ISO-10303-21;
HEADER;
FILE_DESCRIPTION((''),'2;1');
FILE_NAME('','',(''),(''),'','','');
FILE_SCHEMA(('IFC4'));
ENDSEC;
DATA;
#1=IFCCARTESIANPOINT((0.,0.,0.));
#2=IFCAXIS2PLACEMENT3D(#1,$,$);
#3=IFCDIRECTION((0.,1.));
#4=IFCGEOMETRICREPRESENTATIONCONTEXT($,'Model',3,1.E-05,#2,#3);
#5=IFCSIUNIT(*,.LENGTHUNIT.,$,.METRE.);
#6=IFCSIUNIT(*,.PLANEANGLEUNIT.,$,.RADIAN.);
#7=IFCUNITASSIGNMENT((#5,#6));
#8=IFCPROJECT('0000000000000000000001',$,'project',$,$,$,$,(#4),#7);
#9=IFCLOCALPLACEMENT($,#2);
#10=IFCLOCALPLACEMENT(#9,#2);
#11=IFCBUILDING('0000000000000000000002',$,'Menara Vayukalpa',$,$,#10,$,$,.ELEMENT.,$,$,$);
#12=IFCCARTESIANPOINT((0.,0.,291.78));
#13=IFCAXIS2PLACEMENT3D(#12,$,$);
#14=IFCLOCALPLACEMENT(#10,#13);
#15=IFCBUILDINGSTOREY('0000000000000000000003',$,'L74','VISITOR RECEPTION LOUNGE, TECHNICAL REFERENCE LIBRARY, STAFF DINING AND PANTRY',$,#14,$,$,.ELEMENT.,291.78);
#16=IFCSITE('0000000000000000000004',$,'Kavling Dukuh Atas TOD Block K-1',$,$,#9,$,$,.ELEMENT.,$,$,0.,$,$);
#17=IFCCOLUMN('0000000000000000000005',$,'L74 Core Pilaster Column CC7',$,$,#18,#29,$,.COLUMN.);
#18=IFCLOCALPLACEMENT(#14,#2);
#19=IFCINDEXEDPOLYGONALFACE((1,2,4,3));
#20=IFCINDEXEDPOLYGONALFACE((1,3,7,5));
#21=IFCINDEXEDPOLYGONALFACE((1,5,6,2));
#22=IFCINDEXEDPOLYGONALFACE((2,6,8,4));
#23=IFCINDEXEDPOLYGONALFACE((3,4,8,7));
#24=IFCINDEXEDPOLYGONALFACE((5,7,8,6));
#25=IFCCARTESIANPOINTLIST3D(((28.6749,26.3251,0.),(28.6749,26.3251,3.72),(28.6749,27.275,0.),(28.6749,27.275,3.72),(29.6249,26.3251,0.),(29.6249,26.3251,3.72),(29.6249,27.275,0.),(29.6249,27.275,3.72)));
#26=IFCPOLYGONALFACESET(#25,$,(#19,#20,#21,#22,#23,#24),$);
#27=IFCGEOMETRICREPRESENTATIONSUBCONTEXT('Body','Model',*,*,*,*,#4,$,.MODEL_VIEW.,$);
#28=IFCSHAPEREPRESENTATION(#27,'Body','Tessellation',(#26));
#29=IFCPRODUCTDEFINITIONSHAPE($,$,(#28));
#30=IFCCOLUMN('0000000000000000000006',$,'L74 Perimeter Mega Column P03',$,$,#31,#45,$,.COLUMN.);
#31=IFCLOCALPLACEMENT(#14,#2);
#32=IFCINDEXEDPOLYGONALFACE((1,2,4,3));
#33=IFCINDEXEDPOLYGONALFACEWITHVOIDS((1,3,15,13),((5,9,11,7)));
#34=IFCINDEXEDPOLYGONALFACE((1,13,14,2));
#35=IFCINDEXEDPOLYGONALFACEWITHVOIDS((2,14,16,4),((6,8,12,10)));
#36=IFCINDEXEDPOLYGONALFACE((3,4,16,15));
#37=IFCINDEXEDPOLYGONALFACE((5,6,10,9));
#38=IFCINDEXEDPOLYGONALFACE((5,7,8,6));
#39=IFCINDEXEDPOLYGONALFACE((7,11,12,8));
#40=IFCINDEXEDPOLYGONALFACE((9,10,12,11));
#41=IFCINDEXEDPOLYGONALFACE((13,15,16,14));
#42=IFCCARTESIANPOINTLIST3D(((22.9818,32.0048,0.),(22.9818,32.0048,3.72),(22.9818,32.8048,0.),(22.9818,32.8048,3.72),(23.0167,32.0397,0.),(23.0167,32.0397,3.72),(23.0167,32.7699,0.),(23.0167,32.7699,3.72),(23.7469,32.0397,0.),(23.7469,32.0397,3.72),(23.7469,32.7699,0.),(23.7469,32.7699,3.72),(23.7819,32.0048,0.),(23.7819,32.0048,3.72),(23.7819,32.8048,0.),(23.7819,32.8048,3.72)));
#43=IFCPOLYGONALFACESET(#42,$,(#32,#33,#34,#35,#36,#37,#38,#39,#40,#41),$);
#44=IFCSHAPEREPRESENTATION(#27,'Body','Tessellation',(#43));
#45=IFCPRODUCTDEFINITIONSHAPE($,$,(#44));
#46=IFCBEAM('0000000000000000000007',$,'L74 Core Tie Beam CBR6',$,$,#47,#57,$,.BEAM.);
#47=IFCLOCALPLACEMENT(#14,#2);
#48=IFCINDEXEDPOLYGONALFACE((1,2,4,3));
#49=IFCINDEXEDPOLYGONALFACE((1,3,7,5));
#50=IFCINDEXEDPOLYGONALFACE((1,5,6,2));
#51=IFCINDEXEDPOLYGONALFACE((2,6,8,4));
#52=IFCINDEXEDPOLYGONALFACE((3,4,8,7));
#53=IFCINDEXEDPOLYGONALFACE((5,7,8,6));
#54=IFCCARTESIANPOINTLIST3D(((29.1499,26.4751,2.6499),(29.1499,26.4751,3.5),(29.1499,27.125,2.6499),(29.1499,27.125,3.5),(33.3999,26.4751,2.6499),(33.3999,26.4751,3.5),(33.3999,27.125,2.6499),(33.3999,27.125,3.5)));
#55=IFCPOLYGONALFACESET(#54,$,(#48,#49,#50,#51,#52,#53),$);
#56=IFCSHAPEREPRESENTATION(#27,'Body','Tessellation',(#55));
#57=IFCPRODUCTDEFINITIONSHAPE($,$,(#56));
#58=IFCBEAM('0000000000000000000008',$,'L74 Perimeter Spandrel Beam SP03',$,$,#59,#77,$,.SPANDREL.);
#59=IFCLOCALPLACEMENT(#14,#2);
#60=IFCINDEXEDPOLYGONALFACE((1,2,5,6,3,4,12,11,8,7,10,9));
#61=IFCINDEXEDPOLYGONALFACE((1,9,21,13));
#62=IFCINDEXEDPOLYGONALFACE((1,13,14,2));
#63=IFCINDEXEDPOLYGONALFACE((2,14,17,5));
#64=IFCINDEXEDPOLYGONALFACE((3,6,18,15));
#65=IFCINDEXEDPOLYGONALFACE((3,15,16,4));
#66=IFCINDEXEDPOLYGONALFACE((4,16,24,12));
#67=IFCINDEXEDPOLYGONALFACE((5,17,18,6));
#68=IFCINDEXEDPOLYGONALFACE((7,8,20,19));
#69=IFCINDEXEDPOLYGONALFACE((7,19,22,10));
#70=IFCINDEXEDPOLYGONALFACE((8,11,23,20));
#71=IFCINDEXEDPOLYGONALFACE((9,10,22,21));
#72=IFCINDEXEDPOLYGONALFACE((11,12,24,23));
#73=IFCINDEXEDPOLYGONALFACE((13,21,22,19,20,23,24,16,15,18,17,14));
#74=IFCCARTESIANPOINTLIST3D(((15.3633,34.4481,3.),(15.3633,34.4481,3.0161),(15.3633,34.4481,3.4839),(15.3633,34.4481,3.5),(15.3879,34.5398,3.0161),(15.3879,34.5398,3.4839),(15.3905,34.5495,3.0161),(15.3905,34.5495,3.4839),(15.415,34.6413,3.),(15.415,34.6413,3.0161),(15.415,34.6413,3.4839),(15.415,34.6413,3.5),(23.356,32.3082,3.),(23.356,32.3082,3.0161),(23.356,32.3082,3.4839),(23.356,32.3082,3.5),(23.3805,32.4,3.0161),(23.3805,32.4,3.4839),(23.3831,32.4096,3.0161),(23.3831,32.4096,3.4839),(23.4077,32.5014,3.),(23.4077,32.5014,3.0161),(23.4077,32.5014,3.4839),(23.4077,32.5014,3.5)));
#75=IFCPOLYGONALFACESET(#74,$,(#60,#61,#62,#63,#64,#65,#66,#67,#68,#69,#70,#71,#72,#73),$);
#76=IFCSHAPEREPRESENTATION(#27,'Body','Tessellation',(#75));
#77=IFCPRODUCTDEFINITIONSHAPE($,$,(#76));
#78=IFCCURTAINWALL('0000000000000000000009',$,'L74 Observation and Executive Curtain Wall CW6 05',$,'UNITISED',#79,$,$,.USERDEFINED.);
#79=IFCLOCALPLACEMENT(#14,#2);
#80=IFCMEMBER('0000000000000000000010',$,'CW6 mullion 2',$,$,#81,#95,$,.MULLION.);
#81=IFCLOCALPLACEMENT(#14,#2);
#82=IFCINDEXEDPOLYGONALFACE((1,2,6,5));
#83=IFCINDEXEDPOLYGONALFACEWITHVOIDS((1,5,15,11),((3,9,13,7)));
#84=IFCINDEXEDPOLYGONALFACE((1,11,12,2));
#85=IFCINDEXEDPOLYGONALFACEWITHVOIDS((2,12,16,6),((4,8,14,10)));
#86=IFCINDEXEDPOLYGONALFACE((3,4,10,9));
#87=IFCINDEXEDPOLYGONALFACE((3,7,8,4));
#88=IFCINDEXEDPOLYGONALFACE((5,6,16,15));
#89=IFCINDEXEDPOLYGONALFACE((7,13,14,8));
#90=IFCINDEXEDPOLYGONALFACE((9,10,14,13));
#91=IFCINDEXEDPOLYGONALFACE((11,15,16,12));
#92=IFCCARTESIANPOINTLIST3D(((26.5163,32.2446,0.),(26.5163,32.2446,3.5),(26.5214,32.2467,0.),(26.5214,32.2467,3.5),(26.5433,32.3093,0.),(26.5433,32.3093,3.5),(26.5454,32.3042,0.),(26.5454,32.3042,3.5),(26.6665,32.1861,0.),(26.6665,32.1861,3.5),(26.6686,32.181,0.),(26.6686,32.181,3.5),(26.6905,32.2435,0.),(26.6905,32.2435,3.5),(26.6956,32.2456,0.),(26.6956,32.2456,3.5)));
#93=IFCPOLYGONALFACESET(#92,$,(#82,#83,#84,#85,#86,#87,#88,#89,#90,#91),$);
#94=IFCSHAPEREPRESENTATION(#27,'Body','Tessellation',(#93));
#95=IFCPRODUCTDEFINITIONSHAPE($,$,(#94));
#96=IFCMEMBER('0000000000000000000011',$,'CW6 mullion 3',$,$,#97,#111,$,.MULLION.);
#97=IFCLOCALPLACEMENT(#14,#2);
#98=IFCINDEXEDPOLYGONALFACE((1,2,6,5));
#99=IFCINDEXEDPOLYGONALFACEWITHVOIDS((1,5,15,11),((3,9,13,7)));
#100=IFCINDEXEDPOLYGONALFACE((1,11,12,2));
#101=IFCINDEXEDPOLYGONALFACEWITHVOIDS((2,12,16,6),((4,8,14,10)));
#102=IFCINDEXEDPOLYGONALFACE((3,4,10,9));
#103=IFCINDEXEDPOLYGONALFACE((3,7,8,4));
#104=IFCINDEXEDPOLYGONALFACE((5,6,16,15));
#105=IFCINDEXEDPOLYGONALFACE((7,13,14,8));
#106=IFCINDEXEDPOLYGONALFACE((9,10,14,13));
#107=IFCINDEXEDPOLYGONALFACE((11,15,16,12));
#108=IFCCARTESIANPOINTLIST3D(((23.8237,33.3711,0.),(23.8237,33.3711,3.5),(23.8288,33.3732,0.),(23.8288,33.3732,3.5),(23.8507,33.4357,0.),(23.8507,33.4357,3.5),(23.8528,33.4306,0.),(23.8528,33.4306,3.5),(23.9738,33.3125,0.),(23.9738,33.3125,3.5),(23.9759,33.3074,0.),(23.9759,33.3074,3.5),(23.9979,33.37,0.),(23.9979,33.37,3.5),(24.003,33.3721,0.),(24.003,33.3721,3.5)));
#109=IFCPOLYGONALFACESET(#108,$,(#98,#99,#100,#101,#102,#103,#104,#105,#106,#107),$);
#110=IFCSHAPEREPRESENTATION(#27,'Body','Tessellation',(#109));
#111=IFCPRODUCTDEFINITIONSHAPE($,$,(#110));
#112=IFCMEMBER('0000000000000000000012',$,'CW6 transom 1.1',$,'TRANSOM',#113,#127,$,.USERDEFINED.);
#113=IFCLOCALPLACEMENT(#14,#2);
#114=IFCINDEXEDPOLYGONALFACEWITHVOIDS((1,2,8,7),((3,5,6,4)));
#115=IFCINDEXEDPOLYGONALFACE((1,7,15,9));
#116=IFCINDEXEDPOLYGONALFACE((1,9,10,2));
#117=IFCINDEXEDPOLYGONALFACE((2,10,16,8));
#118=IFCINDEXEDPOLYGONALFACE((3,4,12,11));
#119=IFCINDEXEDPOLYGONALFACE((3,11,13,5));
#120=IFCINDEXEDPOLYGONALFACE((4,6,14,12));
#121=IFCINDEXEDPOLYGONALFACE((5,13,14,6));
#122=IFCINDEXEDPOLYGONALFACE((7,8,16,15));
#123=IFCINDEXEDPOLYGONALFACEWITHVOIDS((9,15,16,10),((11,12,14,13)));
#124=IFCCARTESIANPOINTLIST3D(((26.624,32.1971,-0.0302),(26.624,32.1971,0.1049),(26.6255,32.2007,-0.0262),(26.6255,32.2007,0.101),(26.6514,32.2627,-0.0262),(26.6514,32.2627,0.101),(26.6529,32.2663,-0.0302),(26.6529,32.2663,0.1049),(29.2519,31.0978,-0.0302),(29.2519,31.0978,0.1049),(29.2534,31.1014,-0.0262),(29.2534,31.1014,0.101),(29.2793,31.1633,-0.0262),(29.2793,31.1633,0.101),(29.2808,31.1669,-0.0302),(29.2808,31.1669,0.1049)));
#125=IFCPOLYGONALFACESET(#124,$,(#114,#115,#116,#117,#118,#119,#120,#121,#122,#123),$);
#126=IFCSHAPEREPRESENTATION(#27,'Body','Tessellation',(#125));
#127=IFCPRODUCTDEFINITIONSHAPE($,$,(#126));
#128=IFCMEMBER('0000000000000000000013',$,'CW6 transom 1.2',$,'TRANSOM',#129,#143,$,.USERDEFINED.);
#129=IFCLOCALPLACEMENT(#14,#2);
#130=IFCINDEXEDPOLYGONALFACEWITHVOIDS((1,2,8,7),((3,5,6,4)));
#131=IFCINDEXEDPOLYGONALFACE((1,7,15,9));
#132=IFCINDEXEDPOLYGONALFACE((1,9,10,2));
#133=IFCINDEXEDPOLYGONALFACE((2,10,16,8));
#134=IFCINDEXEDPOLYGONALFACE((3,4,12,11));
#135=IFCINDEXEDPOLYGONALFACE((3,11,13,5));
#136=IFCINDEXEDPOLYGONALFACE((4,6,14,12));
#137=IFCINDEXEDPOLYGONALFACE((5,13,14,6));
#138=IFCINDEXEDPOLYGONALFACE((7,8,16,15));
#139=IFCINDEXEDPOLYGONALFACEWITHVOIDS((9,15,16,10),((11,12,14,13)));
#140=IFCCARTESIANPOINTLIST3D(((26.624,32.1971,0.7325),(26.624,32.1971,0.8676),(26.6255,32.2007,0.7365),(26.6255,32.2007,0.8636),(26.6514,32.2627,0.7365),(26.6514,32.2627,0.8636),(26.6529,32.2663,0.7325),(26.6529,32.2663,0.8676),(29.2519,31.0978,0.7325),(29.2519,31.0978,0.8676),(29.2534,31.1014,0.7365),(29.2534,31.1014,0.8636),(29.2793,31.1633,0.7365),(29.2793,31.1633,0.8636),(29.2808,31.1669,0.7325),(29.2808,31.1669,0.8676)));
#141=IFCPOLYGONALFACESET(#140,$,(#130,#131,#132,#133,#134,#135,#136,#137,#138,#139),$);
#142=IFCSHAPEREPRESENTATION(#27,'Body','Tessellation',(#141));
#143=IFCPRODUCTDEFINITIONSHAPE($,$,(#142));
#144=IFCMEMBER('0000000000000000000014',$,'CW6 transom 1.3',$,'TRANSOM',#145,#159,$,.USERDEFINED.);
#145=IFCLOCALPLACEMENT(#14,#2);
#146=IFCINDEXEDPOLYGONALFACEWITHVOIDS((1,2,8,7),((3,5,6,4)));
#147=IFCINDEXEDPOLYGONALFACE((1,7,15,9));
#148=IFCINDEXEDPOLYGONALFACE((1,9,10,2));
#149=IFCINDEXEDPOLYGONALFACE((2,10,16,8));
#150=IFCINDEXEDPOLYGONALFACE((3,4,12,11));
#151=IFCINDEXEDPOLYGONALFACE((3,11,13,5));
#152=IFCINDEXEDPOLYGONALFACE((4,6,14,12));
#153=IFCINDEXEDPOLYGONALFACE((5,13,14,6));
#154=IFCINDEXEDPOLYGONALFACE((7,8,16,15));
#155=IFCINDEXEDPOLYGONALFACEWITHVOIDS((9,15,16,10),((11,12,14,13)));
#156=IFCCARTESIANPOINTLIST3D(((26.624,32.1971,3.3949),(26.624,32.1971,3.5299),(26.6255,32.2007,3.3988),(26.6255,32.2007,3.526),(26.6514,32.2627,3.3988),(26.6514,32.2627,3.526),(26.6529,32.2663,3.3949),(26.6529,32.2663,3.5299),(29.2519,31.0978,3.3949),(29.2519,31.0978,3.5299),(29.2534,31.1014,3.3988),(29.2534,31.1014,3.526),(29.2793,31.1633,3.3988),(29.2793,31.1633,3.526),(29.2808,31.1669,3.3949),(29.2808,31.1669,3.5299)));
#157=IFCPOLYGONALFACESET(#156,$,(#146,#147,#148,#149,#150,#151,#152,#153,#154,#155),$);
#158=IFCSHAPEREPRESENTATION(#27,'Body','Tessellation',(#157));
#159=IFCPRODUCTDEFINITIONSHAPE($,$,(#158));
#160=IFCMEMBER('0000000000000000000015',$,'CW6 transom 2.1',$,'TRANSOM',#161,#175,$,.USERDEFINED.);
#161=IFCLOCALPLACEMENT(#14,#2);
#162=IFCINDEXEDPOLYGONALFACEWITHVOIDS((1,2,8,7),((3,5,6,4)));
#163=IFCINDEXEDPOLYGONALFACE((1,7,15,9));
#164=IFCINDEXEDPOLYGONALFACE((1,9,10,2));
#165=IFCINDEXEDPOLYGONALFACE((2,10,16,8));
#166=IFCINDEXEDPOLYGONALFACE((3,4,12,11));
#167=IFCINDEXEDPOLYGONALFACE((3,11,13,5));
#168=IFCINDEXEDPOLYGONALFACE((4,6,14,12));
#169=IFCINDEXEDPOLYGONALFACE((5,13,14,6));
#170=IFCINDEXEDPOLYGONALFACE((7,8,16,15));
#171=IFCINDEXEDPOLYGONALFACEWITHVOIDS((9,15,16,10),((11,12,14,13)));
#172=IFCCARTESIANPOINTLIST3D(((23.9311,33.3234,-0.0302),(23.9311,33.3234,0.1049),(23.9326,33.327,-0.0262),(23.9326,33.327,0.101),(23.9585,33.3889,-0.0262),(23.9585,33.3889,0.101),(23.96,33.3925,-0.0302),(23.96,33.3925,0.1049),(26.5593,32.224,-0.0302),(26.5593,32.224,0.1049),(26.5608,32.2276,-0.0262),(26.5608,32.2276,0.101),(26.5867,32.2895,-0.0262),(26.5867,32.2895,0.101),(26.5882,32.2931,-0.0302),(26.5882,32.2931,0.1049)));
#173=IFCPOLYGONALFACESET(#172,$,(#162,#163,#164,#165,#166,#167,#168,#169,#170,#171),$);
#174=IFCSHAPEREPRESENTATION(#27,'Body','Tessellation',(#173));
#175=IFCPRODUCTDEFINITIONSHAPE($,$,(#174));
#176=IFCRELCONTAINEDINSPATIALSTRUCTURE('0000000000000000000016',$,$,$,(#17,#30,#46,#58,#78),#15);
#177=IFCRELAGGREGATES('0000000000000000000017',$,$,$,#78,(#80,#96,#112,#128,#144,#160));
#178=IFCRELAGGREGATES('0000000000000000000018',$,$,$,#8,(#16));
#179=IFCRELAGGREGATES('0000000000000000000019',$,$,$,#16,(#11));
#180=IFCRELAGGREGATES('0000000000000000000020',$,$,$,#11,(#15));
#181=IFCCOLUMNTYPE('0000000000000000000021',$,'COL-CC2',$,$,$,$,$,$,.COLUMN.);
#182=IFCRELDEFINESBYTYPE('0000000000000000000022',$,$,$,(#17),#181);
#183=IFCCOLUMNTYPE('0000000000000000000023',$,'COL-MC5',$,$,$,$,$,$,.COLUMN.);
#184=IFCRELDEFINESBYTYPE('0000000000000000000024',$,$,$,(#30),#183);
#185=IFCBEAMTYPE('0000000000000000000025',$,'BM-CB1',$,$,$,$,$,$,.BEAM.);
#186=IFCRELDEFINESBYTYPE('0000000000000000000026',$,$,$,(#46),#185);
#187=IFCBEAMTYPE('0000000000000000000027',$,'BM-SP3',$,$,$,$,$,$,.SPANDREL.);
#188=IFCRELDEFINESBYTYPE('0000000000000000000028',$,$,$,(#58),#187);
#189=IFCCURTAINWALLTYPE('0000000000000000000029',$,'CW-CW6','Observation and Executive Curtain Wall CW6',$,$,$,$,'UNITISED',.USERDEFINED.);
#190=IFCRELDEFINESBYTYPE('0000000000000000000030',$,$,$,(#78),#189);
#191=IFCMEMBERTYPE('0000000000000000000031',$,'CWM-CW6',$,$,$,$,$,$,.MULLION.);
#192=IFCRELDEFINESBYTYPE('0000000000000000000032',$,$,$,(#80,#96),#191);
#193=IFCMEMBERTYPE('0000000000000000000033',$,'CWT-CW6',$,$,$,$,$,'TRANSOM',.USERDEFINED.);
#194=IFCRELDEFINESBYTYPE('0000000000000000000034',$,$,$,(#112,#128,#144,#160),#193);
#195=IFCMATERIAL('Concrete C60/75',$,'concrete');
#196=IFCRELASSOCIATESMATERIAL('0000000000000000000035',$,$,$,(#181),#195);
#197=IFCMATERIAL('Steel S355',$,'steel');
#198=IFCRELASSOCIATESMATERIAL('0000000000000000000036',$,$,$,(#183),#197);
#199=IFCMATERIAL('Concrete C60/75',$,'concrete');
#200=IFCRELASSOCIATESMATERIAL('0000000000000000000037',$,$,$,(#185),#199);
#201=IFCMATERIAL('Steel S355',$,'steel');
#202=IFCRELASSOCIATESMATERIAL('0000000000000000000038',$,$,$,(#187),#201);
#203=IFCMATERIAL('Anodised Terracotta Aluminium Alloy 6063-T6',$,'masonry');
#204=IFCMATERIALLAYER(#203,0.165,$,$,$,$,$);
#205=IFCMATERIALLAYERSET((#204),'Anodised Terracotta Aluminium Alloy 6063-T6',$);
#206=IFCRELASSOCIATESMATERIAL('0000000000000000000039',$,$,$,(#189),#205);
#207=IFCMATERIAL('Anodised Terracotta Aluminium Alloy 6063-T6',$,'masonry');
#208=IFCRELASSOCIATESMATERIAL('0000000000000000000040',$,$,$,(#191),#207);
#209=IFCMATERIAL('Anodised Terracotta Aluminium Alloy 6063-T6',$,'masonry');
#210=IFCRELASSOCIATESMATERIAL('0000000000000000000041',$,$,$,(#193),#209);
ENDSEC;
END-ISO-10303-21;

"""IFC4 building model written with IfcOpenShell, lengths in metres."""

from ifc_helpers import new_model, si_unit, direction, frame, origin, origin_2d, place, context, subcontext, project, spatial, rectangle, hollow_rectangle, i_section, extrude, material, layer, layer_set, material_profile, profile_set, type_object, element, aggregate, save


model = new_model("IFC4")

# Units and contexts
model_context = context("Model", 3, precision=1e-05, world=origin(), true_north=direction((0.0, 1.0)))
body_context = subcontext(model_context, "Body", "Model", "MODEL_VIEW")
ifc_project = project(units=[si_unit("LENGTHUNIT", "METRE"), si_unit("PLANEANGLEUNIT", "RADIAN")], contexts=[model_context])

# Site, building, storey
site_placement = place(None, origin())
site = spatial("IfcSite", under=ifc_project, at=site_placement, Name="Kavling Dukuh Atas TOD Block K-1", CompositionType="ELEMENT", RefElevation=0.0)
building_placement = place(site_placement, origin())
building = spatial("IfcBuilding", under=site, at=building_placement, Name="Menara Vayukalpa", CompositionType="ELEMENT")
storey_placement = place(building_placement, frame((0.0, 0.0, 291.78)))
storey = spatial("IfcBuildingStorey", under=building, at=storey_placement, Name="L74", Description="VISITOR RECEPTION LOUNGE, TECHNICAL REFERENCE LIBRARY, STAFF DINING AND PANTRY", CompositionType="ELEMENT", Elevation=291.78)

# Columns
ifc_material_1 = material(Name="Concrete C60/75", Category="concrete")
ifc_material_profile_1 = material_profile(ifc_material_1, rectangle(XDim=0.95, YDim=0.95, at=origin_2d()), Name="RC 950x950")
ifc_profile_set_1 = profile_set([ifc_material_profile_1], Name="Concrete C60/75")
column_type_1 = type_object("IfcColumnType", Name="COL-CC2", PredefinedType="COLUMN", material=ifc_profile_set_1)
column_1_placement = place(storey_placement, frame((29.1499, 26.8, 0.0), z_axis=(0.0, 0.0, 1.0), x_axis=(1.0, 0.0, 0.0)))
element("IfcColumn", 1, at=column_1_placement, inside=storey, type_object=column_type_1, Name="L74 Core Pilaster Column CC7", PredefinedType="COLUMN", context=body_context, shape_type="SweptSolid", body=[
    extrude(rectangle(XDim=0.95, YDim=0.95, at=origin_2d()), origin(), (0.0, 0.0, 1.0), 3.72),
])
ifc_material_2 = material(Name="Steel S355", Category="steel")
ifc_material_profile_2 = material_profile(ifc_material_2, hollow_rectangle(XDim=0.8, YDim=0.8, WallThickness=0.0349, at=origin_2d()), Name="BOX 800x800x35")
ifc_profile_set_2 = profile_set([ifc_material_profile_2], Name="Steel S355")
column_type_2 = type_object("IfcColumnType", Name="COL-MC5", PredefinedType="COLUMN", material=ifc_profile_set_2)
column_2_placement = place(storey_placement, frame((23.3818, 32.4048, 0.0), z_axis=(0.0, 0.0, 1.0), x_axis=(1.0, 0.0, 0.0)))
element("IfcColumn", 2, at=column_2_placement, inside=storey, type_object=column_type_2, Name="L74 Perimeter Mega Column P03", PredefinedType="COLUMN", context=body_context, shape_type="SweptSolid", body=[
    extrude(hollow_rectangle(XDim=0.8, YDim=0.8, WallThickness=0.0349, at=origin_2d()), origin(), (0.0, 0.0, 1.0), 3.72),
])

# Beams
ifc_material_3 = material(Name="Concrete C60/75", Category="concrete")
ifc_material_profile_3 = material_profile(ifc_material_3, rectangle(XDim=0.6499, YDim=0.8501, at=origin_2d()), Name="RC 650x850")
ifc_profile_set_3 = profile_set([ifc_material_profile_3], Name="Concrete C60/75")
beam_type_1 = type_object("IfcBeamType", Name="BM-CB1", PredefinedType="BEAM", material=ifc_profile_set_3)
beam_1_placement = place(storey_placement, frame((29.1499, 26.8, 3.075), z_axis=(1.0, 0.0, 0.0), x_axis=(0.0, 1.0, 0.0)))
element("IfcBeam", 3, at=beam_1_placement, inside=storey, type_object=beam_type_1, Name="L74 Core Tie Beam CBR6", PredefinedType="BEAM", context=body_context, shape_type="SweptSolid", body=[
    extrude(rectangle(XDim=0.6499, YDim=0.8501, at=origin_2d()), origin(), (0.0, 0.0, 1.0), 4.25),
])
ifc_material_4 = material(Name="Steel S355", Category="steel")
ifc_material_profile_4 = material_profile(ifc_material_4, i_section(OverallWidth=0.2, OverallDepth=0.5, WebThickness=0.01, FlangeThickness=0.0161, at=origin_2d()), Name="WF 500x200x10x16")
ifc_profile_set_4 = profile_set([ifc_material_profile_4], Name="Steel S355")
beam_type_2 = type_object("IfcBeamType", Name="BM-SP3", PredefinedType="SPANDREL", material=ifc_profile_set_4)
beam_2_placement = place(storey_placement, frame((23.3818, 32.4048, 3.25), z_axis=(-0.965978, 0.258623, 0.0), x_axis=(-0.258623, -0.965978, 0.0)))
element("IfcBeam", 4, at=beam_2_placement, inside=storey, type_object=beam_type_2, Name="L74 Perimeter Spandrel Beam SP03", PredefinedType="SPANDREL", context=body_context, shape_type="SweptSolid", body=[
    extrude(i_section(OverallWidth=0.2, OverallDepth=0.5, WebThickness=0.01, FlangeThickness=0.0161, at=origin_2d()), origin(), (0.0, 0.0, 1.0), 8.2742),
])

# Curtain wall, members
ifc_material_5 = material(Name="Anodised Terracotta Aluminium Alloy 6063-T6", Category="masonry")
ifc_layer_1 = layer(ifc_material_5, 0.165)
ifc_layer_set_1 = layer_set([ifc_layer_1], Name="Anodised Terracotta Aluminium Alloy 6063-T6")
curtain_wall_type = type_object("IfcCurtainWallType", Name="CW-CW6", Description="Observation and Executive Curtain Wall CW6", ElementType="UNITISED", PredefinedType="USERDEFINED", material=ifc_layer_set_1)
curtain_wall_placement = place(storey_placement, origin())
curtain_wall = element("IfcCurtainWall", 5, at=curtain_wall_placement, inside=storey, type_object=curtain_wall_type, Name="L74 Observation and Executive Curtain Wall CW6 05", ObjectType="UNITISED", PredefinedType="USERDEFINED")
ifc_material_6 = material(Name="Anodised Terracotta Aluminium Alloy 6063-T6", Category="masonry")
ifc_material_profile_5 = material_profile(ifc_material_6, hollow_rectangle(XDim=0.0701, YDim=0.165, WallThickness=0.0039, at=origin_2d()), Name="ALU 70x165x4")
ifc_profile_set_5 = profile_set([ifc_material_profile_5], Name="Anodised Terracotta Aluminium Alloy 6063-T6")
member_type_1 = type_object("IfcMemberType", Name="CWM-CW6", PredefinedType="MULLION", material=ifc_profile_set_5)
member_1_placement = place(storey_placement, frame((26.606, 32.2451, 0.0), z_axis=(0.0, 0.0, 1.0), x_axis=(-0.3859, -0.922541, 0.0)))
member_1 = element("IfcMember", 6, at=member_1_placement, type_object=member_type_1, Name="CW6 mullion 2", PredefinedType="MULLION", context=body_context, shape_type="SweptSolid", body=[
    extrude(hollow_rectangle(XDim=0.0701, YDim=0.165, WallThickness=0.0039, at=origin_2d()), origin(), (0.0, 0.0, 1.0), 3.5),
])
member_2_placement = place(storey_placement, frame((23.9133, 33.3716, 0.0), z_axis=(0.0, 0.0, 1.0), x_axis=(-0.3859, -0.922541, 0.0)))
member_2 = element("IfcMember", 7, at=member_2_placement, type_object=member_type_1, Name="CW6 mullion 3", PredefinedType="MULLION", context=body_context, shape_type="SweptSolid", body=[
    extrude(hollow_rectangle(XDim=0.0701, YDim=0.165, WallThickness=0.0039, at=origin_2d()), origin(), (0.0, 0.0, 1.0), 3.5),
])
ifc_material_7 = material(Name="Anodised Terracotta Aluminium Alloy 6063-T6", Category="masonry")
ifc_material_profile_6 = material_profile(ifc_material_7, hollow_rectangle(XDim=0.075, YDim=0.135, WallThickness=0.0039, at=origin_2d()), Name="ALU 75x135x4")
ifc_profile_set_6 = profile_set([ifc_material_profile_6], Name="Anodised Terracotta Aluminium Alloy 6063-T6")
member_type_2 = type_object("IfcMemberType", Name="CWT-CW6", ElementType="TRANSOM", PredefinedType="USERDEFINED", material=ifc_profile_set_6)
member_3_placement = place(storey_placement, frame((29.2664, 31.1323, 0.0374), z_axis=(-0.922528, 0.385929, 0.0), x_axis=(-0.385929, -0.922528, 0.0)))
member_3 = element("IfcMember", 8, at=member_3_placement, type_object=member_type_2, Name="CW6 transom 1.1", ObjectType="TRANSOM", PredefinedType="USERDEFINED", context=body_context, shape_type="SweptSolid", body=[
    extrude(hollow_rectangle(XDim=0.075, YDim=0.135, WallThickness=0.0039, at=origin_2d()), origin(), (0.0, 0.0, 1.0), 2.8486),
])
member_4_placement = place(storey_placement, frame((29.2664, 31.1323, 0.8), z_axis=(-0.922528, 0.385929, 0.0), x_axis=(-0.385929, -0.922528, 0.0)))
member_4 = element("IfcMember", 9, at=member_4_placement, type_object=member_type_2, Name="CW6 transom 1.2", ObjectType="TRANSOM", PredefinedType="USERDEFINED", context=body_context, shape_type="SweptSolid", body=[
    extrude(hollow_rectangle(XDim=0.075, YDim=0.135, WallThickness=0.0039, at=origin_2d()), origin(), (0.0, 0.0, 1.0), 2.8486),
])
member_5_placement = place(storey_placement, frame((29.2664, 31.1323, 3.4624), z_axis=(-0.922528, 0.385929, 0.0), x_axis=(-0.385929, -0.922528, 0.0)))
member_5 = element("IfcMember", 10, at=member_5_placement, type_object=member_type_2, Name="CW6 transom 1.3", ObjectType="TRANSOM", PredefinedType="USERDEFINED", context=body_context, shape_type="SweptSolid", body=[
    extrude(hollow_rectangle(XDim=0.075, YDim=0.135, WallThickness=0.0039, at=origin_2d()), origin(), (0.0, 0.0, 1.0), 2.8486),
])
member_6_placement = place(storey_placement, frame((26.5737, 32.2585, 0.0374), z_axis=(-0.922541, 0.385899, 0.0), x_axis=(-0.385899, -0.922541, 0.0)))
member_6 = element("IfcMember", 11, at=member_6_placement, type_object=member_type_2, Name="CW6 transom 2.1", ObjectType="TRANSOM", PredefinedType="USERDEFINED", context=body_context, shape_type="SweptSolid", body=[
    extrude(hollow_rectangle(XDim=0.075, YDim=0.135, WallThickness=0.0039, at=origin_2d()), origin(), (0.0, 0.0, 1.0), 2.8489),
])
aggregate(curtain_wall, [member_1, member_2, member_3, member_4, member_5, member_6])

save(model, "model.ifc")
